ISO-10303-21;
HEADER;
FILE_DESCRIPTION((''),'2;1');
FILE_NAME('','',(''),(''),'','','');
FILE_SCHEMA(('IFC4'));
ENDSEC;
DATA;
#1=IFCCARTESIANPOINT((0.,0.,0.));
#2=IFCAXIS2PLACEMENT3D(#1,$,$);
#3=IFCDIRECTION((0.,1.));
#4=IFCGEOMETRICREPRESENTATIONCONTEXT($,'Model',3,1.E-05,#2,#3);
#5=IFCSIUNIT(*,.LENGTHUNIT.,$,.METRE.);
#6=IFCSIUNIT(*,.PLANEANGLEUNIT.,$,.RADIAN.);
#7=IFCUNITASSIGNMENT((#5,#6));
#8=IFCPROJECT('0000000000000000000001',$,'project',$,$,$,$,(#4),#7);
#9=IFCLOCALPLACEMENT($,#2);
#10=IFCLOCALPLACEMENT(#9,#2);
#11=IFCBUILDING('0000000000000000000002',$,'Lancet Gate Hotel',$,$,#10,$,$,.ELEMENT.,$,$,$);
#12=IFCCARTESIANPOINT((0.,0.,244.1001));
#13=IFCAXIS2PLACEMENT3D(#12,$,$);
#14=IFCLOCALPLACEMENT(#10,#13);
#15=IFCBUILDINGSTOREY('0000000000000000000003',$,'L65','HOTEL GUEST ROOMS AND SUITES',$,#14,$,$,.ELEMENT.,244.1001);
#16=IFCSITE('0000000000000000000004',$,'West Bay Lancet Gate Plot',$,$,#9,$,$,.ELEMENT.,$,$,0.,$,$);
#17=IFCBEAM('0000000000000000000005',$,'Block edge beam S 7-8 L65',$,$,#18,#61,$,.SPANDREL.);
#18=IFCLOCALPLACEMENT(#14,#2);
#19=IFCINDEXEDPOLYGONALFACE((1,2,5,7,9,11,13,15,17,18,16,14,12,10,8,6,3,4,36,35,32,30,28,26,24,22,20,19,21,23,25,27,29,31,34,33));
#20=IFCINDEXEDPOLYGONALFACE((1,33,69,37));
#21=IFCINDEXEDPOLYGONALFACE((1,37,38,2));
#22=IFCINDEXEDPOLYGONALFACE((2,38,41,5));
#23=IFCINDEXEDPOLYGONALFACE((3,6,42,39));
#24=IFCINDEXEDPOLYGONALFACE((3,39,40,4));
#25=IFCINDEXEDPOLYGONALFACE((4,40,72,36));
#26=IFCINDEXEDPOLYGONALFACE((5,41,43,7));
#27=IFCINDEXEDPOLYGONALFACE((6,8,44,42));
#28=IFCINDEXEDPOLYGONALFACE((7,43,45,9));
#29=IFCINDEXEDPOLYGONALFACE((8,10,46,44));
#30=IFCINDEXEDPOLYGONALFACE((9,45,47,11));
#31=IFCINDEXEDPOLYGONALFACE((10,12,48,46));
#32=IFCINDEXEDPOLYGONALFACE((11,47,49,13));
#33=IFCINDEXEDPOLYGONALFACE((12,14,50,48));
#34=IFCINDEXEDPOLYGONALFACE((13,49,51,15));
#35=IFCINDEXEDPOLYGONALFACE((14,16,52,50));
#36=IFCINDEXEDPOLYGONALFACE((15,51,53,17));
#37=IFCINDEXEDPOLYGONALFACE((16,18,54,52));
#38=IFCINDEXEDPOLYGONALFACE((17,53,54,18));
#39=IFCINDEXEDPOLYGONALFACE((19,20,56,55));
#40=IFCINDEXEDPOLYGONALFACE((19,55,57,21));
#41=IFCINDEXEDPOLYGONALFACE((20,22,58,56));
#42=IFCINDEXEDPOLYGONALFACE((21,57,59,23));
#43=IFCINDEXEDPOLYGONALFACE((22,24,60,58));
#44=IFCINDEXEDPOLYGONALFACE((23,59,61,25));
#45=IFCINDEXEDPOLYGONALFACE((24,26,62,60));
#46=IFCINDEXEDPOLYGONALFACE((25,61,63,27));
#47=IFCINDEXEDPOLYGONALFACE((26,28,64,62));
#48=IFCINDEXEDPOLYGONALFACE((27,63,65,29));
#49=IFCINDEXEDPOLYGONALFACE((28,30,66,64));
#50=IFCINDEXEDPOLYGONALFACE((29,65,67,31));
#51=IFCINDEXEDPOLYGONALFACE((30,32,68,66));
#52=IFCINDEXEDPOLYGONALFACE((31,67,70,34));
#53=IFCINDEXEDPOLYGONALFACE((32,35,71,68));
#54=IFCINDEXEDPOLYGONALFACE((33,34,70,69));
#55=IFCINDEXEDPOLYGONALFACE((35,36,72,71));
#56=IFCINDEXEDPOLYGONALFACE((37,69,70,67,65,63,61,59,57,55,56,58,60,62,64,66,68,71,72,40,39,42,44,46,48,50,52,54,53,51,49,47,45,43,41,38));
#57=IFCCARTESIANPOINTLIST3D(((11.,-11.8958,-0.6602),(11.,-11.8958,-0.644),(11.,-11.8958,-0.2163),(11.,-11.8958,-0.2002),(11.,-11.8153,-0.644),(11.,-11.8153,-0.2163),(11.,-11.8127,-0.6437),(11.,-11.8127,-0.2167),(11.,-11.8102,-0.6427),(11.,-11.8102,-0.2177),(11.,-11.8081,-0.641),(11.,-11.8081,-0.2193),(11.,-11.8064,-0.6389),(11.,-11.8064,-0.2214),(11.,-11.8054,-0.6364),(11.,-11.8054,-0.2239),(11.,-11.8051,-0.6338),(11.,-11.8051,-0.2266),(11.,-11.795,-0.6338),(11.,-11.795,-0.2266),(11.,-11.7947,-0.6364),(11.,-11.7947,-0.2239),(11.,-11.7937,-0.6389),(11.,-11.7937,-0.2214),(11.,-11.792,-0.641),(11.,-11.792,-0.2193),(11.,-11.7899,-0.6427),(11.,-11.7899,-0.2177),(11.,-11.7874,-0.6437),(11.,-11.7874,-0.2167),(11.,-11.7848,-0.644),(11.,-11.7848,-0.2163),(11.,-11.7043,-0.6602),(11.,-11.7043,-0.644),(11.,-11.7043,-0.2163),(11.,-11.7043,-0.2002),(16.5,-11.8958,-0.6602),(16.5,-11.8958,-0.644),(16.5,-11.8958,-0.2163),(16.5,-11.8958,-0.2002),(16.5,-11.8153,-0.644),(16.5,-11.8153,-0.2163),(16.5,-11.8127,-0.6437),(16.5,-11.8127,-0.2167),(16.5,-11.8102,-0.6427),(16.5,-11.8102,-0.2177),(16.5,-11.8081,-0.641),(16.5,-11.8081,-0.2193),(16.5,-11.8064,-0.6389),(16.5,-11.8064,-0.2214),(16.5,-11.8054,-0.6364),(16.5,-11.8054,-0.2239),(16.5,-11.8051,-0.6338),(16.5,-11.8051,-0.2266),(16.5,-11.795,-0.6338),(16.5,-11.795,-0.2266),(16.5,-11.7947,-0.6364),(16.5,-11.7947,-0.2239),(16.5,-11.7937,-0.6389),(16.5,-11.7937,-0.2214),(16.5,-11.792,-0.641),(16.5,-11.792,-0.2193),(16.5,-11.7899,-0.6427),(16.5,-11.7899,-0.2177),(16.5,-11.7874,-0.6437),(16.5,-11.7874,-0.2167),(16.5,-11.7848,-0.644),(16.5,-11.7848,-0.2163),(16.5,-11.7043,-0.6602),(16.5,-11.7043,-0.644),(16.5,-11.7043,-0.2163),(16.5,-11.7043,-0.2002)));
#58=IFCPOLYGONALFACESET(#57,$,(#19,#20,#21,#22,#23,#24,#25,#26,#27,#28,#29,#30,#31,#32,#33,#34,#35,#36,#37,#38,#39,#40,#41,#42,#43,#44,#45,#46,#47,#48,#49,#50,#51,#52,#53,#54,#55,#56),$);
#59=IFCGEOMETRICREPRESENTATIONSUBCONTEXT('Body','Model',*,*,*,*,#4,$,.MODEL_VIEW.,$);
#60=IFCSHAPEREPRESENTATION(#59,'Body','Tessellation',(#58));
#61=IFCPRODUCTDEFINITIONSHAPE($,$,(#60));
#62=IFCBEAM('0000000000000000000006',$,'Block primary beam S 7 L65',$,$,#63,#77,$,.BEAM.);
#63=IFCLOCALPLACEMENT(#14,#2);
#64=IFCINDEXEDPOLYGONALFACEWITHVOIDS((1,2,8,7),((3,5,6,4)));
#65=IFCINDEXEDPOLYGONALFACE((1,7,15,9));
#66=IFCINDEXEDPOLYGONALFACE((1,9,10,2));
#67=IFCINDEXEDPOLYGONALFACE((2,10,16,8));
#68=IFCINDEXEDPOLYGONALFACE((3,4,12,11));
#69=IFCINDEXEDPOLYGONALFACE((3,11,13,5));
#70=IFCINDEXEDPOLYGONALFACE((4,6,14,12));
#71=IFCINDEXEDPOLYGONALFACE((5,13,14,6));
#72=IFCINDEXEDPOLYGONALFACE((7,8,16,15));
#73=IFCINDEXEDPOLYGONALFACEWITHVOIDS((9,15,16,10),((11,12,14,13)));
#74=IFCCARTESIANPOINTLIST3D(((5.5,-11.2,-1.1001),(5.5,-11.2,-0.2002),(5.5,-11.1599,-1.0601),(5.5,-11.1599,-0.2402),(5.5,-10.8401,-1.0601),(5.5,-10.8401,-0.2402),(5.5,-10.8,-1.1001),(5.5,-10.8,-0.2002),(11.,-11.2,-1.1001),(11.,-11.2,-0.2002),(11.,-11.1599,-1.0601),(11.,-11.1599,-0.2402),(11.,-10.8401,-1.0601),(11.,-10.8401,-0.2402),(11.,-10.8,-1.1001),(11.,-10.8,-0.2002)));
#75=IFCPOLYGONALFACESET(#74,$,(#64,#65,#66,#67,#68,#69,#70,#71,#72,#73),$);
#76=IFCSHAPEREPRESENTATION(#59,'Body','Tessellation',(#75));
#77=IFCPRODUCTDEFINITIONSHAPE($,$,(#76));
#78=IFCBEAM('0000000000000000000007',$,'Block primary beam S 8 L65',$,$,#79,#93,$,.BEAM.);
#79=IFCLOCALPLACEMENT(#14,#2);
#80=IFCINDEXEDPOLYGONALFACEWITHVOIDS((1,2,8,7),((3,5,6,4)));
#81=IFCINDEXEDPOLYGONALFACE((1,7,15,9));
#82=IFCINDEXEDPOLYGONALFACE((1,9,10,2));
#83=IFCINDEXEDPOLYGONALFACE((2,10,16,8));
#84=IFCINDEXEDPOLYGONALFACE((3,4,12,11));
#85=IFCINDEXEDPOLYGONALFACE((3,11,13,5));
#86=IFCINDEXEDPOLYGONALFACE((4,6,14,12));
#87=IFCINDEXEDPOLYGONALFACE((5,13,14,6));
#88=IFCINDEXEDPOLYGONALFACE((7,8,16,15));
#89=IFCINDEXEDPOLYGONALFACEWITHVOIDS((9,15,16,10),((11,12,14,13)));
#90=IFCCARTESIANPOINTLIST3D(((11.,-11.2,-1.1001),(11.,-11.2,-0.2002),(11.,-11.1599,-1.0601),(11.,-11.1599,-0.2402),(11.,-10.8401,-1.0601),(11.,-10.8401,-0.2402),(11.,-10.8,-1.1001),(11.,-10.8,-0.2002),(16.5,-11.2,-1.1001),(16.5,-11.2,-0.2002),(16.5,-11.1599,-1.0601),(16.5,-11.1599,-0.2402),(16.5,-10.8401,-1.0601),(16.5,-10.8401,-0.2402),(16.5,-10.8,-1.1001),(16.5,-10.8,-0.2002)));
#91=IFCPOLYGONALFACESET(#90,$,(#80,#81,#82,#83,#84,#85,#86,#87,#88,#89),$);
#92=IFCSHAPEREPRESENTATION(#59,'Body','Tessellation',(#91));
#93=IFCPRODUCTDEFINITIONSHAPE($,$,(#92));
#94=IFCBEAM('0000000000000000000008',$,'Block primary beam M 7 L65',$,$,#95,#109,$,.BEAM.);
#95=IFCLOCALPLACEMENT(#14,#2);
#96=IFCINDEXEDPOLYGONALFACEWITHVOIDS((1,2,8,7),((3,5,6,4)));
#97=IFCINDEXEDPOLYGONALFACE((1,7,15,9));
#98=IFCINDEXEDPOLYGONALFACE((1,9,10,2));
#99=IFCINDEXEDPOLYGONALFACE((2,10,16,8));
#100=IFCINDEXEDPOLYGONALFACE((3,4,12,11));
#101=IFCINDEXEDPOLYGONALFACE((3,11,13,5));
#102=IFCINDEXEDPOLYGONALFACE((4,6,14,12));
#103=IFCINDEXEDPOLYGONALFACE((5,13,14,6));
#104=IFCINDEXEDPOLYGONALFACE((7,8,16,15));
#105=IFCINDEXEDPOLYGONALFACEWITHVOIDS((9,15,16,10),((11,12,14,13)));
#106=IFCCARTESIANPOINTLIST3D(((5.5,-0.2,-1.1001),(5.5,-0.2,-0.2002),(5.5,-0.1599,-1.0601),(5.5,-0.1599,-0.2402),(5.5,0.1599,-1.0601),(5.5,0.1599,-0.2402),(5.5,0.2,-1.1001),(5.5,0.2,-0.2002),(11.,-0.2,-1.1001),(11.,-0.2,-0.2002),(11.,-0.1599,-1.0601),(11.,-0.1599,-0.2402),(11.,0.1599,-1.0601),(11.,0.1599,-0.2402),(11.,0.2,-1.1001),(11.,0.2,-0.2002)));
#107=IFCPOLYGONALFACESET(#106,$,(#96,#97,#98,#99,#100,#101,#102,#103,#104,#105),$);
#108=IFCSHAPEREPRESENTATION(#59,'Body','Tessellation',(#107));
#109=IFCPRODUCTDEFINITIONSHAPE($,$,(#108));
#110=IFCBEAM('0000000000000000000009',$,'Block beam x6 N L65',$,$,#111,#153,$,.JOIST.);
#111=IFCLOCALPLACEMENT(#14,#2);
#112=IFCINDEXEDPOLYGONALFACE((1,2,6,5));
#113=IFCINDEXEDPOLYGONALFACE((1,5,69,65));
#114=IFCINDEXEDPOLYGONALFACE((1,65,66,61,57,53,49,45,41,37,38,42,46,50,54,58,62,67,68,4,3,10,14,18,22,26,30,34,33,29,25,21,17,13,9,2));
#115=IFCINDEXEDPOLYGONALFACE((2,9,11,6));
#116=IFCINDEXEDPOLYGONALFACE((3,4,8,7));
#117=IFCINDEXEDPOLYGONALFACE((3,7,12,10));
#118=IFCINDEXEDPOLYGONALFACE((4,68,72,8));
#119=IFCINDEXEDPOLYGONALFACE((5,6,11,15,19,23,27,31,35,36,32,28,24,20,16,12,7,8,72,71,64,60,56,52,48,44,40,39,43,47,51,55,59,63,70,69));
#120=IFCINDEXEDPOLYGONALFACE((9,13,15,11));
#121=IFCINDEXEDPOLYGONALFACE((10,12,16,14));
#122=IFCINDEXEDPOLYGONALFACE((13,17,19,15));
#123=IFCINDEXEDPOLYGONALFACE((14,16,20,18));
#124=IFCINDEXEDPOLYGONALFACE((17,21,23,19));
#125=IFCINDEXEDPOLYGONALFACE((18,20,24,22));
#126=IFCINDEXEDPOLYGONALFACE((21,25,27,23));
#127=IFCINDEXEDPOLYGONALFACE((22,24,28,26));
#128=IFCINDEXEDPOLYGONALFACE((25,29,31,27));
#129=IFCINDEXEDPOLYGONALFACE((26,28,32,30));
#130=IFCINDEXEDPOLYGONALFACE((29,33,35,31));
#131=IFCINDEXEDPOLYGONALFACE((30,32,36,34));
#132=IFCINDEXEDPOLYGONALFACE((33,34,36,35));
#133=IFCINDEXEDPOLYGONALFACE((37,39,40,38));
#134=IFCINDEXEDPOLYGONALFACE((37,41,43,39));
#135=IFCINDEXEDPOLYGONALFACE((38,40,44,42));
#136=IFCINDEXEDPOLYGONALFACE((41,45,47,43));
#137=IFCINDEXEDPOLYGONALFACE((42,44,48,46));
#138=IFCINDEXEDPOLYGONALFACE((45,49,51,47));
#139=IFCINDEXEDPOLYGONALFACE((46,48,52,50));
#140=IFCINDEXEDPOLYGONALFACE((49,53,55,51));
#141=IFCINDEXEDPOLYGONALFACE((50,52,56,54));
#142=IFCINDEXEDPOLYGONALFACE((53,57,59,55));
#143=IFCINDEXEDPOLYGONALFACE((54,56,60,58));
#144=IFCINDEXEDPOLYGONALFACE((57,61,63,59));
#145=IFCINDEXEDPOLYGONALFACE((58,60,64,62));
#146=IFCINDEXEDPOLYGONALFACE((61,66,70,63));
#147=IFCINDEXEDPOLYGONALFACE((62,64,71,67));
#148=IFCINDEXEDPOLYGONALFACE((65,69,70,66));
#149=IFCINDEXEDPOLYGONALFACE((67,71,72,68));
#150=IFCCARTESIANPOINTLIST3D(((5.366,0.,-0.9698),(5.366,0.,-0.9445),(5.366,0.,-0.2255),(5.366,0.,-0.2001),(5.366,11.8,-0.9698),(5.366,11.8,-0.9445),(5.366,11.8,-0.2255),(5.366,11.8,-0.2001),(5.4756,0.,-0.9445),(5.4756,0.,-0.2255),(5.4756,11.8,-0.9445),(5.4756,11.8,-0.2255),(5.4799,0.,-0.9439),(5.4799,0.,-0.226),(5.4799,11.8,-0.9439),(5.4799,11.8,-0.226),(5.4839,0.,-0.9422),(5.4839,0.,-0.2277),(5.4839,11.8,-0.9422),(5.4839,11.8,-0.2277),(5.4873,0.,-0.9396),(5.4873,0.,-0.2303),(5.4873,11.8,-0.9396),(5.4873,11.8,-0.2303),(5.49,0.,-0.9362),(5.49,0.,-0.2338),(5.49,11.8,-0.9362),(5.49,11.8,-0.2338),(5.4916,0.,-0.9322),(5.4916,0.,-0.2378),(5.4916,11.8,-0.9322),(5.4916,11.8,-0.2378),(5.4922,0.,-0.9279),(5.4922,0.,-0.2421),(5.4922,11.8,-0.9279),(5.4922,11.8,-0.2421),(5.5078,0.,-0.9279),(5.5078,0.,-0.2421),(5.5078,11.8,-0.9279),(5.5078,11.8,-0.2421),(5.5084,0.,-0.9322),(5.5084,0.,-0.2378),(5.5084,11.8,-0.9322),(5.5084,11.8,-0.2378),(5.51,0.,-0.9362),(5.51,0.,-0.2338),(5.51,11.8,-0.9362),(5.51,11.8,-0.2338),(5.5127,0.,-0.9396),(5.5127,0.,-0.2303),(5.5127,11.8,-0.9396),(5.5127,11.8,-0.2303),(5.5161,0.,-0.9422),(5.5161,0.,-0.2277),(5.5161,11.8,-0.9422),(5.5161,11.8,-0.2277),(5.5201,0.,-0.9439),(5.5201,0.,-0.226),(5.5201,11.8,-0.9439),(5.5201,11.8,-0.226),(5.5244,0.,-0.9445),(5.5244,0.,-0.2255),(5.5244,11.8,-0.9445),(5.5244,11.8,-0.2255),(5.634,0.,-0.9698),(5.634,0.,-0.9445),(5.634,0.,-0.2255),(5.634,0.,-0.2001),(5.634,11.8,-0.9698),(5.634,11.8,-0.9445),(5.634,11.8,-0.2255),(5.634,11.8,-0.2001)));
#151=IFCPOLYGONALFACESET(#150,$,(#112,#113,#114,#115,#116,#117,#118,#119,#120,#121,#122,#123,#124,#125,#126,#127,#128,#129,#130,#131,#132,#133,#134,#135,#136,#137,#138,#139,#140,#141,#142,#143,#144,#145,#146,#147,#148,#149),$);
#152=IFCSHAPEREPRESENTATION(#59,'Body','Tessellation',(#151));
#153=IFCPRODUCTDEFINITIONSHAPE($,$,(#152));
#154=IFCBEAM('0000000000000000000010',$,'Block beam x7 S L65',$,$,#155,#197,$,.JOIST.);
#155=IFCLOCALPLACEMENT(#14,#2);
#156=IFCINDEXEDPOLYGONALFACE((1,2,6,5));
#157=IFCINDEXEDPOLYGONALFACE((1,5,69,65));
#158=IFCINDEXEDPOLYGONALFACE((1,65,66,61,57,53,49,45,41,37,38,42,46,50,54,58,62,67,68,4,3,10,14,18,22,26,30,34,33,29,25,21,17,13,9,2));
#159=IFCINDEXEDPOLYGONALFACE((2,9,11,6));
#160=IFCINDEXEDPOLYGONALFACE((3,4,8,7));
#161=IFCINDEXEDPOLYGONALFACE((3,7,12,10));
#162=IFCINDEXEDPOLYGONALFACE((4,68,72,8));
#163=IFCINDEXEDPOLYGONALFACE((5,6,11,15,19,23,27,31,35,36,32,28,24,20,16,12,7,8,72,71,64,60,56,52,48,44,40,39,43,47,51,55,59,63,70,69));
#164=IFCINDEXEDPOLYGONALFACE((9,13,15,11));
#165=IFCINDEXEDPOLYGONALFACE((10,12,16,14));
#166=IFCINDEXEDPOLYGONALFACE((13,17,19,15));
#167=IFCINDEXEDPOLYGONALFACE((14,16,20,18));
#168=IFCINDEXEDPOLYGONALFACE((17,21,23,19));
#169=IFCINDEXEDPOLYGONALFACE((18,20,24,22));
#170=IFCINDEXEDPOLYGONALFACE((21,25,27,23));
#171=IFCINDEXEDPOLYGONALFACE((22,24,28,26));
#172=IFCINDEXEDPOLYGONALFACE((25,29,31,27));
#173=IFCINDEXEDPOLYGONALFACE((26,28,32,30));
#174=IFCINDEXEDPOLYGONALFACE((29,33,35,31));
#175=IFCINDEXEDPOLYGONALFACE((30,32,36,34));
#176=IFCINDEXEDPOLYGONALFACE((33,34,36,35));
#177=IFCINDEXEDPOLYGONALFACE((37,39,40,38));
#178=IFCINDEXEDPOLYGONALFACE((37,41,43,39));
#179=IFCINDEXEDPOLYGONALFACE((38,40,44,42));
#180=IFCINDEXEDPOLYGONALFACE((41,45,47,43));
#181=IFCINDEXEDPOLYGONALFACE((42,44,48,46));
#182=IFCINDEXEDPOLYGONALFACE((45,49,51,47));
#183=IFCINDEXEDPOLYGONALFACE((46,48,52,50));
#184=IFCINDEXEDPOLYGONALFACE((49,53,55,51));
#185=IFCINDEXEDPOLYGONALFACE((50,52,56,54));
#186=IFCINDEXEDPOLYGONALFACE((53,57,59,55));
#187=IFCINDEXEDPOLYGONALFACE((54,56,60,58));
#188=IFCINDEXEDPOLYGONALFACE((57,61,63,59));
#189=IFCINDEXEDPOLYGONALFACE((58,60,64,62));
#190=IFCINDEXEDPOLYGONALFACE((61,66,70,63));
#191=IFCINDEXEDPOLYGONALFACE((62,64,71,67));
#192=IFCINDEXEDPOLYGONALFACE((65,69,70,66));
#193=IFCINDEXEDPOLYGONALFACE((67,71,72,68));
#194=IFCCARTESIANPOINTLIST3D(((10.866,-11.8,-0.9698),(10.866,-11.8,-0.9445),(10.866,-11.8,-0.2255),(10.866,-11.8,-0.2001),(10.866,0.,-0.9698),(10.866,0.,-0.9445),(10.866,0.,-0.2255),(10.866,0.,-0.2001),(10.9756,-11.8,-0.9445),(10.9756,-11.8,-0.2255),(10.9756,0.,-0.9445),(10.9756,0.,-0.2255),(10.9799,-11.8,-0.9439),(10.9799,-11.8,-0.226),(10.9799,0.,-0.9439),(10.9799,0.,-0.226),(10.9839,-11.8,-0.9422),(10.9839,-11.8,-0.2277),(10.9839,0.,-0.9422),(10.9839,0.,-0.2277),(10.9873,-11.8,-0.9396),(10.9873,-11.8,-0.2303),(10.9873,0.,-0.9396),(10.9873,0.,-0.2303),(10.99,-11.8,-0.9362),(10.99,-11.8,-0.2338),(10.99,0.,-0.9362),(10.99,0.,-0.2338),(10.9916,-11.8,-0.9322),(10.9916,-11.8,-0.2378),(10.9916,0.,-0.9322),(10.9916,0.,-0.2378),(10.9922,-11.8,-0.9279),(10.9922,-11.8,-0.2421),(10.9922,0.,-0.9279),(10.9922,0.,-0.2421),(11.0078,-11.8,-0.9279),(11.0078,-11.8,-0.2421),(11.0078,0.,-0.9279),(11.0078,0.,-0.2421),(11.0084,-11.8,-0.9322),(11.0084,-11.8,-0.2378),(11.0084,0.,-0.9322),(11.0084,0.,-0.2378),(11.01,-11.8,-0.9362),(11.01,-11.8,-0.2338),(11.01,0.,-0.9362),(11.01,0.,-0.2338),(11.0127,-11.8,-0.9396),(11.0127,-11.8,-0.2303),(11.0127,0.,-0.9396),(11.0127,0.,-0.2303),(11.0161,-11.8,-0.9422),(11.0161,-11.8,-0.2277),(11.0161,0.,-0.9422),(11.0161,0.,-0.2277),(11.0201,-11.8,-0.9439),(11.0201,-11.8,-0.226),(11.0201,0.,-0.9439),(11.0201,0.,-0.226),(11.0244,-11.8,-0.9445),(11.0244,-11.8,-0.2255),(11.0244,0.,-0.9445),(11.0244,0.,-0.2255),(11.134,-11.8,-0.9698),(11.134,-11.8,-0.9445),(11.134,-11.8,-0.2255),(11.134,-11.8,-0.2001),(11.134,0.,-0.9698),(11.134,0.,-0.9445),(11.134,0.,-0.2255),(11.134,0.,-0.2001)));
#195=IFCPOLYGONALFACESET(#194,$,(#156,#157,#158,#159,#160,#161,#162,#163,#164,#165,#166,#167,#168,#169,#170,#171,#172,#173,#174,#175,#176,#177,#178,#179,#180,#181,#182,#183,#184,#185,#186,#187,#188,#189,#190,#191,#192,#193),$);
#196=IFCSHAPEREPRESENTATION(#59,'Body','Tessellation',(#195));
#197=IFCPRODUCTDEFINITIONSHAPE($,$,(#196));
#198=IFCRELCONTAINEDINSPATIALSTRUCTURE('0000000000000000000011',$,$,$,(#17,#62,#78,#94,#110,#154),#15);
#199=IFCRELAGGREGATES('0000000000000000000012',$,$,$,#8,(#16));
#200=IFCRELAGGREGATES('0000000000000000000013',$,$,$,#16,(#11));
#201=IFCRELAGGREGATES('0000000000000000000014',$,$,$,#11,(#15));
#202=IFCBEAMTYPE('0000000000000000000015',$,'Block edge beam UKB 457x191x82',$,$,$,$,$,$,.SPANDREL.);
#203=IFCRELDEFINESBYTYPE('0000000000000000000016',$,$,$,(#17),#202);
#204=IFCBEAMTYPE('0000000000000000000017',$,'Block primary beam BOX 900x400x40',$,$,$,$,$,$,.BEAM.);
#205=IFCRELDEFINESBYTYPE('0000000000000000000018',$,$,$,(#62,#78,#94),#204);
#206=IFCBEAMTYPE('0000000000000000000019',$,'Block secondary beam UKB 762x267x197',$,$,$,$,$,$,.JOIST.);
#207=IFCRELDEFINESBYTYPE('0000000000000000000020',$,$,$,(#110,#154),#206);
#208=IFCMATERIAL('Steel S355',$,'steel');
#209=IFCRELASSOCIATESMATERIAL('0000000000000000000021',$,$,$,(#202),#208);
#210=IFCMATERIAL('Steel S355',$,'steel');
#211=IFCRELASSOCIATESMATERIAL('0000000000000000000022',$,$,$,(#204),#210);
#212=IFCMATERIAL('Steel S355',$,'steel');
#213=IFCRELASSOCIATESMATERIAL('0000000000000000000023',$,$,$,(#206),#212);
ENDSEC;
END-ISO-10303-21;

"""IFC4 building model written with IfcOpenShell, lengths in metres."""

from ifc_helpers import new_model, si_unit, direction, frame, origin, origin_2d, place, context, subcontext, project, spatial, hollow_rectangle, i_section, extrude, material, material_profile, profile_set, type_object, element, save


model = new_model("IFC4")

# Units and contexts
model_context = context("Model", 3, precision=1e-05, world=origin(), true_north=direction((0.0, 1.0)))
body_context = subcontext(model_context, "Body", "Model", "MODEL_VIEW")
ifc_project = project(units=[si_unit("LENGTHUNIT", "METRE"), si_unit("PLANEANGLEUNIT", "RADIAN")], contexts=[model_context])

# Site, building, storey
site_placement = place(None, origin())
site = spatial("IfcSite", under=ifc_project, at=site_placement, Name="West Bay Lancet Gate Plot", CompositionType="ELEMENT", RefElevation=0.0)
building_placement = place(site_placement, origin())
building = spatial("IfcBuilding", under=site, at=building_placement, Name="Lancet Gate Hotel", CompositionType="ELEMENT")
storey_placement = place(building_placement, frame((0.0, 0.0, 244.1001)))
storey = spatial("IfcBuildingStorey", under=building, at=storey_placement, Name="L65", Description="HOTEL GUEST ROOMS AND SUITES", CompositionType="ELEMENT", Elevation=244.1001)

# Beams
ifc_material_1 = material(Name="Steel S355", Category="steel")
ifc_material_profile_1 = material_profile(ifc_material_1, i_section(OverallWidth=0.1914, OverallDepth=0.46, WebThickness=0.01, FlangeThickness=0.0161, FilletRadius=0.0103, at=origin_2d()), Name="UKB 457x191x82")
ifc_profile_set_1 = profile_set([ifc_material_profile_1], Name="Steel S355")
beam_type_1 = type_object("IfcBeamType", Name="Block edge beam UKB 457x191x82", PredefinedType="SPANDREL", material=ifc_profile_set_1)
beam_placement = place(storey_placement, frame((11.0, -11.8, -0.4302), z_axis=(1.0, 0.0, 0.0), x_axis=(0.0, 1.0, 0.0)))
element("IfcBeam", 1, at=beam_placement, inside=storey, type_object=beam_type_1, Name="Block edge beam S 7-8 L65", PredefinedType="SPANDREL", context=body_context, shape_type="SweptSolid", body=[
    extrude(i_section(OverallWidth=0.1914, OverallDepth=0.46, WebThickness=0.01, FlangeThickness=0.0161, FilletRadius=0.0103, at=origin_2d()), origin(), (0.0, 0.0, 1.0), 5.5),
])
ifc_material_2 = material(Name="Steel S355", Category="steel")
ifc_material_profile_2 = material_profile(ifc_material_2, hollow_rectangle(XDim=0.3999, YDim=0.8999, WallThickness=0.04, at=origin_2d()), Name="BOX 900x400x40")
ifc_profile_set_2 = profile_set([ifc_material_profile_2], Name="Steel S355")
beam_type_2 = type_object("IfcBeamType", Name="Block primary beam BOX 900x400x40", PredefinedType="BEAM", material=ifc_profile_set_2)
for number, where, z_axis, x_axis, name in (
    (2, (5.5, -11.0, -0.6501), (1.0, 0.0, 0.0), (0.0, 1.0, 0.0), "Block primary beam S 7 L65"),
    (3, (11.0, -11.0, -0.6501), (1.0, 0.0, 0.0), (0.0, 1.0, 0.0), "Block primary beam S 8 L65"),
    (4, (5.5, 0.0, -0.6501), (1.0, 0.0, 0.0), (0.0, 1.0, 0.0), "Block primary beam M 7 L65"),
):
    element("IfcBeam", number, at=place(storey_placement, frame(where, z_axis=z_axis, x_axis=x_axis)), inside=storey, type_object=beam_type_2, Name=name, PredefinedType="BEAM", context=body_context, shape_type="SweptSolid", body=[
        extrude(hollow_rectangle(XDim=0.3999, YDim=0.8999, WallThickness=0.04, at=origin_2d()), origin(), (0.0, 0.0, 1.0), 5.5),
    ])
ifc_material_3 = material(Name="Steel S355", Category="steel")
ifc_material_profile_3 = material_profile(ifc_material_3, i_section(OverallWidth=0.2681, OverallDepth=0.7698, WebThickness=0.0156, FlangeThickness=0.0254, FilletRadius=0.0166, at=origin_2d()), Name="UKB 762x267x197")
ifc_profile_set_3 = profile_set([ifc_material_profile_3], Name="Steel S355")
beam_type_3 = type_object("IfcBeamType", Name="Block secondary beam UKB 762x267x197", PredefinedType="JOIST", material=ifc_profile_set_3)
for number, where, z_axis, x_axis, name in (
    (5, (5.5, 0.0, -0.585), (0.0, 1.0, 0.0), (-1.0, 0.0, 0.0), "Block beam x6 N L65"),
    (6, (11.0, -11.8, -0.585), (0.0, 1.0, 0.0), (-1.0, 0.0, 0.0), "Block beam x7 S L65"),
):
    element("IfcBeam", number, at=place(storey_placement, frame(where, z_axis=z_axis, x_axis=x_axis)), inside=storey, type_object=beam_type_3, Name=name, PredefinedType="JOIST", context=body_context, shape_type="SweptSolid", body=[
        extrude(i_section(OverallWidth=0.2681, OverallDepth=0.7698, WebThickness=0.0156, FlangeThickness=0.0254, FilletRadius=0.0166, at=origin_2d()), origin(), (0.0, 0.0, 1.0), 11.8),
    ])

save(model, "model.ifc")
